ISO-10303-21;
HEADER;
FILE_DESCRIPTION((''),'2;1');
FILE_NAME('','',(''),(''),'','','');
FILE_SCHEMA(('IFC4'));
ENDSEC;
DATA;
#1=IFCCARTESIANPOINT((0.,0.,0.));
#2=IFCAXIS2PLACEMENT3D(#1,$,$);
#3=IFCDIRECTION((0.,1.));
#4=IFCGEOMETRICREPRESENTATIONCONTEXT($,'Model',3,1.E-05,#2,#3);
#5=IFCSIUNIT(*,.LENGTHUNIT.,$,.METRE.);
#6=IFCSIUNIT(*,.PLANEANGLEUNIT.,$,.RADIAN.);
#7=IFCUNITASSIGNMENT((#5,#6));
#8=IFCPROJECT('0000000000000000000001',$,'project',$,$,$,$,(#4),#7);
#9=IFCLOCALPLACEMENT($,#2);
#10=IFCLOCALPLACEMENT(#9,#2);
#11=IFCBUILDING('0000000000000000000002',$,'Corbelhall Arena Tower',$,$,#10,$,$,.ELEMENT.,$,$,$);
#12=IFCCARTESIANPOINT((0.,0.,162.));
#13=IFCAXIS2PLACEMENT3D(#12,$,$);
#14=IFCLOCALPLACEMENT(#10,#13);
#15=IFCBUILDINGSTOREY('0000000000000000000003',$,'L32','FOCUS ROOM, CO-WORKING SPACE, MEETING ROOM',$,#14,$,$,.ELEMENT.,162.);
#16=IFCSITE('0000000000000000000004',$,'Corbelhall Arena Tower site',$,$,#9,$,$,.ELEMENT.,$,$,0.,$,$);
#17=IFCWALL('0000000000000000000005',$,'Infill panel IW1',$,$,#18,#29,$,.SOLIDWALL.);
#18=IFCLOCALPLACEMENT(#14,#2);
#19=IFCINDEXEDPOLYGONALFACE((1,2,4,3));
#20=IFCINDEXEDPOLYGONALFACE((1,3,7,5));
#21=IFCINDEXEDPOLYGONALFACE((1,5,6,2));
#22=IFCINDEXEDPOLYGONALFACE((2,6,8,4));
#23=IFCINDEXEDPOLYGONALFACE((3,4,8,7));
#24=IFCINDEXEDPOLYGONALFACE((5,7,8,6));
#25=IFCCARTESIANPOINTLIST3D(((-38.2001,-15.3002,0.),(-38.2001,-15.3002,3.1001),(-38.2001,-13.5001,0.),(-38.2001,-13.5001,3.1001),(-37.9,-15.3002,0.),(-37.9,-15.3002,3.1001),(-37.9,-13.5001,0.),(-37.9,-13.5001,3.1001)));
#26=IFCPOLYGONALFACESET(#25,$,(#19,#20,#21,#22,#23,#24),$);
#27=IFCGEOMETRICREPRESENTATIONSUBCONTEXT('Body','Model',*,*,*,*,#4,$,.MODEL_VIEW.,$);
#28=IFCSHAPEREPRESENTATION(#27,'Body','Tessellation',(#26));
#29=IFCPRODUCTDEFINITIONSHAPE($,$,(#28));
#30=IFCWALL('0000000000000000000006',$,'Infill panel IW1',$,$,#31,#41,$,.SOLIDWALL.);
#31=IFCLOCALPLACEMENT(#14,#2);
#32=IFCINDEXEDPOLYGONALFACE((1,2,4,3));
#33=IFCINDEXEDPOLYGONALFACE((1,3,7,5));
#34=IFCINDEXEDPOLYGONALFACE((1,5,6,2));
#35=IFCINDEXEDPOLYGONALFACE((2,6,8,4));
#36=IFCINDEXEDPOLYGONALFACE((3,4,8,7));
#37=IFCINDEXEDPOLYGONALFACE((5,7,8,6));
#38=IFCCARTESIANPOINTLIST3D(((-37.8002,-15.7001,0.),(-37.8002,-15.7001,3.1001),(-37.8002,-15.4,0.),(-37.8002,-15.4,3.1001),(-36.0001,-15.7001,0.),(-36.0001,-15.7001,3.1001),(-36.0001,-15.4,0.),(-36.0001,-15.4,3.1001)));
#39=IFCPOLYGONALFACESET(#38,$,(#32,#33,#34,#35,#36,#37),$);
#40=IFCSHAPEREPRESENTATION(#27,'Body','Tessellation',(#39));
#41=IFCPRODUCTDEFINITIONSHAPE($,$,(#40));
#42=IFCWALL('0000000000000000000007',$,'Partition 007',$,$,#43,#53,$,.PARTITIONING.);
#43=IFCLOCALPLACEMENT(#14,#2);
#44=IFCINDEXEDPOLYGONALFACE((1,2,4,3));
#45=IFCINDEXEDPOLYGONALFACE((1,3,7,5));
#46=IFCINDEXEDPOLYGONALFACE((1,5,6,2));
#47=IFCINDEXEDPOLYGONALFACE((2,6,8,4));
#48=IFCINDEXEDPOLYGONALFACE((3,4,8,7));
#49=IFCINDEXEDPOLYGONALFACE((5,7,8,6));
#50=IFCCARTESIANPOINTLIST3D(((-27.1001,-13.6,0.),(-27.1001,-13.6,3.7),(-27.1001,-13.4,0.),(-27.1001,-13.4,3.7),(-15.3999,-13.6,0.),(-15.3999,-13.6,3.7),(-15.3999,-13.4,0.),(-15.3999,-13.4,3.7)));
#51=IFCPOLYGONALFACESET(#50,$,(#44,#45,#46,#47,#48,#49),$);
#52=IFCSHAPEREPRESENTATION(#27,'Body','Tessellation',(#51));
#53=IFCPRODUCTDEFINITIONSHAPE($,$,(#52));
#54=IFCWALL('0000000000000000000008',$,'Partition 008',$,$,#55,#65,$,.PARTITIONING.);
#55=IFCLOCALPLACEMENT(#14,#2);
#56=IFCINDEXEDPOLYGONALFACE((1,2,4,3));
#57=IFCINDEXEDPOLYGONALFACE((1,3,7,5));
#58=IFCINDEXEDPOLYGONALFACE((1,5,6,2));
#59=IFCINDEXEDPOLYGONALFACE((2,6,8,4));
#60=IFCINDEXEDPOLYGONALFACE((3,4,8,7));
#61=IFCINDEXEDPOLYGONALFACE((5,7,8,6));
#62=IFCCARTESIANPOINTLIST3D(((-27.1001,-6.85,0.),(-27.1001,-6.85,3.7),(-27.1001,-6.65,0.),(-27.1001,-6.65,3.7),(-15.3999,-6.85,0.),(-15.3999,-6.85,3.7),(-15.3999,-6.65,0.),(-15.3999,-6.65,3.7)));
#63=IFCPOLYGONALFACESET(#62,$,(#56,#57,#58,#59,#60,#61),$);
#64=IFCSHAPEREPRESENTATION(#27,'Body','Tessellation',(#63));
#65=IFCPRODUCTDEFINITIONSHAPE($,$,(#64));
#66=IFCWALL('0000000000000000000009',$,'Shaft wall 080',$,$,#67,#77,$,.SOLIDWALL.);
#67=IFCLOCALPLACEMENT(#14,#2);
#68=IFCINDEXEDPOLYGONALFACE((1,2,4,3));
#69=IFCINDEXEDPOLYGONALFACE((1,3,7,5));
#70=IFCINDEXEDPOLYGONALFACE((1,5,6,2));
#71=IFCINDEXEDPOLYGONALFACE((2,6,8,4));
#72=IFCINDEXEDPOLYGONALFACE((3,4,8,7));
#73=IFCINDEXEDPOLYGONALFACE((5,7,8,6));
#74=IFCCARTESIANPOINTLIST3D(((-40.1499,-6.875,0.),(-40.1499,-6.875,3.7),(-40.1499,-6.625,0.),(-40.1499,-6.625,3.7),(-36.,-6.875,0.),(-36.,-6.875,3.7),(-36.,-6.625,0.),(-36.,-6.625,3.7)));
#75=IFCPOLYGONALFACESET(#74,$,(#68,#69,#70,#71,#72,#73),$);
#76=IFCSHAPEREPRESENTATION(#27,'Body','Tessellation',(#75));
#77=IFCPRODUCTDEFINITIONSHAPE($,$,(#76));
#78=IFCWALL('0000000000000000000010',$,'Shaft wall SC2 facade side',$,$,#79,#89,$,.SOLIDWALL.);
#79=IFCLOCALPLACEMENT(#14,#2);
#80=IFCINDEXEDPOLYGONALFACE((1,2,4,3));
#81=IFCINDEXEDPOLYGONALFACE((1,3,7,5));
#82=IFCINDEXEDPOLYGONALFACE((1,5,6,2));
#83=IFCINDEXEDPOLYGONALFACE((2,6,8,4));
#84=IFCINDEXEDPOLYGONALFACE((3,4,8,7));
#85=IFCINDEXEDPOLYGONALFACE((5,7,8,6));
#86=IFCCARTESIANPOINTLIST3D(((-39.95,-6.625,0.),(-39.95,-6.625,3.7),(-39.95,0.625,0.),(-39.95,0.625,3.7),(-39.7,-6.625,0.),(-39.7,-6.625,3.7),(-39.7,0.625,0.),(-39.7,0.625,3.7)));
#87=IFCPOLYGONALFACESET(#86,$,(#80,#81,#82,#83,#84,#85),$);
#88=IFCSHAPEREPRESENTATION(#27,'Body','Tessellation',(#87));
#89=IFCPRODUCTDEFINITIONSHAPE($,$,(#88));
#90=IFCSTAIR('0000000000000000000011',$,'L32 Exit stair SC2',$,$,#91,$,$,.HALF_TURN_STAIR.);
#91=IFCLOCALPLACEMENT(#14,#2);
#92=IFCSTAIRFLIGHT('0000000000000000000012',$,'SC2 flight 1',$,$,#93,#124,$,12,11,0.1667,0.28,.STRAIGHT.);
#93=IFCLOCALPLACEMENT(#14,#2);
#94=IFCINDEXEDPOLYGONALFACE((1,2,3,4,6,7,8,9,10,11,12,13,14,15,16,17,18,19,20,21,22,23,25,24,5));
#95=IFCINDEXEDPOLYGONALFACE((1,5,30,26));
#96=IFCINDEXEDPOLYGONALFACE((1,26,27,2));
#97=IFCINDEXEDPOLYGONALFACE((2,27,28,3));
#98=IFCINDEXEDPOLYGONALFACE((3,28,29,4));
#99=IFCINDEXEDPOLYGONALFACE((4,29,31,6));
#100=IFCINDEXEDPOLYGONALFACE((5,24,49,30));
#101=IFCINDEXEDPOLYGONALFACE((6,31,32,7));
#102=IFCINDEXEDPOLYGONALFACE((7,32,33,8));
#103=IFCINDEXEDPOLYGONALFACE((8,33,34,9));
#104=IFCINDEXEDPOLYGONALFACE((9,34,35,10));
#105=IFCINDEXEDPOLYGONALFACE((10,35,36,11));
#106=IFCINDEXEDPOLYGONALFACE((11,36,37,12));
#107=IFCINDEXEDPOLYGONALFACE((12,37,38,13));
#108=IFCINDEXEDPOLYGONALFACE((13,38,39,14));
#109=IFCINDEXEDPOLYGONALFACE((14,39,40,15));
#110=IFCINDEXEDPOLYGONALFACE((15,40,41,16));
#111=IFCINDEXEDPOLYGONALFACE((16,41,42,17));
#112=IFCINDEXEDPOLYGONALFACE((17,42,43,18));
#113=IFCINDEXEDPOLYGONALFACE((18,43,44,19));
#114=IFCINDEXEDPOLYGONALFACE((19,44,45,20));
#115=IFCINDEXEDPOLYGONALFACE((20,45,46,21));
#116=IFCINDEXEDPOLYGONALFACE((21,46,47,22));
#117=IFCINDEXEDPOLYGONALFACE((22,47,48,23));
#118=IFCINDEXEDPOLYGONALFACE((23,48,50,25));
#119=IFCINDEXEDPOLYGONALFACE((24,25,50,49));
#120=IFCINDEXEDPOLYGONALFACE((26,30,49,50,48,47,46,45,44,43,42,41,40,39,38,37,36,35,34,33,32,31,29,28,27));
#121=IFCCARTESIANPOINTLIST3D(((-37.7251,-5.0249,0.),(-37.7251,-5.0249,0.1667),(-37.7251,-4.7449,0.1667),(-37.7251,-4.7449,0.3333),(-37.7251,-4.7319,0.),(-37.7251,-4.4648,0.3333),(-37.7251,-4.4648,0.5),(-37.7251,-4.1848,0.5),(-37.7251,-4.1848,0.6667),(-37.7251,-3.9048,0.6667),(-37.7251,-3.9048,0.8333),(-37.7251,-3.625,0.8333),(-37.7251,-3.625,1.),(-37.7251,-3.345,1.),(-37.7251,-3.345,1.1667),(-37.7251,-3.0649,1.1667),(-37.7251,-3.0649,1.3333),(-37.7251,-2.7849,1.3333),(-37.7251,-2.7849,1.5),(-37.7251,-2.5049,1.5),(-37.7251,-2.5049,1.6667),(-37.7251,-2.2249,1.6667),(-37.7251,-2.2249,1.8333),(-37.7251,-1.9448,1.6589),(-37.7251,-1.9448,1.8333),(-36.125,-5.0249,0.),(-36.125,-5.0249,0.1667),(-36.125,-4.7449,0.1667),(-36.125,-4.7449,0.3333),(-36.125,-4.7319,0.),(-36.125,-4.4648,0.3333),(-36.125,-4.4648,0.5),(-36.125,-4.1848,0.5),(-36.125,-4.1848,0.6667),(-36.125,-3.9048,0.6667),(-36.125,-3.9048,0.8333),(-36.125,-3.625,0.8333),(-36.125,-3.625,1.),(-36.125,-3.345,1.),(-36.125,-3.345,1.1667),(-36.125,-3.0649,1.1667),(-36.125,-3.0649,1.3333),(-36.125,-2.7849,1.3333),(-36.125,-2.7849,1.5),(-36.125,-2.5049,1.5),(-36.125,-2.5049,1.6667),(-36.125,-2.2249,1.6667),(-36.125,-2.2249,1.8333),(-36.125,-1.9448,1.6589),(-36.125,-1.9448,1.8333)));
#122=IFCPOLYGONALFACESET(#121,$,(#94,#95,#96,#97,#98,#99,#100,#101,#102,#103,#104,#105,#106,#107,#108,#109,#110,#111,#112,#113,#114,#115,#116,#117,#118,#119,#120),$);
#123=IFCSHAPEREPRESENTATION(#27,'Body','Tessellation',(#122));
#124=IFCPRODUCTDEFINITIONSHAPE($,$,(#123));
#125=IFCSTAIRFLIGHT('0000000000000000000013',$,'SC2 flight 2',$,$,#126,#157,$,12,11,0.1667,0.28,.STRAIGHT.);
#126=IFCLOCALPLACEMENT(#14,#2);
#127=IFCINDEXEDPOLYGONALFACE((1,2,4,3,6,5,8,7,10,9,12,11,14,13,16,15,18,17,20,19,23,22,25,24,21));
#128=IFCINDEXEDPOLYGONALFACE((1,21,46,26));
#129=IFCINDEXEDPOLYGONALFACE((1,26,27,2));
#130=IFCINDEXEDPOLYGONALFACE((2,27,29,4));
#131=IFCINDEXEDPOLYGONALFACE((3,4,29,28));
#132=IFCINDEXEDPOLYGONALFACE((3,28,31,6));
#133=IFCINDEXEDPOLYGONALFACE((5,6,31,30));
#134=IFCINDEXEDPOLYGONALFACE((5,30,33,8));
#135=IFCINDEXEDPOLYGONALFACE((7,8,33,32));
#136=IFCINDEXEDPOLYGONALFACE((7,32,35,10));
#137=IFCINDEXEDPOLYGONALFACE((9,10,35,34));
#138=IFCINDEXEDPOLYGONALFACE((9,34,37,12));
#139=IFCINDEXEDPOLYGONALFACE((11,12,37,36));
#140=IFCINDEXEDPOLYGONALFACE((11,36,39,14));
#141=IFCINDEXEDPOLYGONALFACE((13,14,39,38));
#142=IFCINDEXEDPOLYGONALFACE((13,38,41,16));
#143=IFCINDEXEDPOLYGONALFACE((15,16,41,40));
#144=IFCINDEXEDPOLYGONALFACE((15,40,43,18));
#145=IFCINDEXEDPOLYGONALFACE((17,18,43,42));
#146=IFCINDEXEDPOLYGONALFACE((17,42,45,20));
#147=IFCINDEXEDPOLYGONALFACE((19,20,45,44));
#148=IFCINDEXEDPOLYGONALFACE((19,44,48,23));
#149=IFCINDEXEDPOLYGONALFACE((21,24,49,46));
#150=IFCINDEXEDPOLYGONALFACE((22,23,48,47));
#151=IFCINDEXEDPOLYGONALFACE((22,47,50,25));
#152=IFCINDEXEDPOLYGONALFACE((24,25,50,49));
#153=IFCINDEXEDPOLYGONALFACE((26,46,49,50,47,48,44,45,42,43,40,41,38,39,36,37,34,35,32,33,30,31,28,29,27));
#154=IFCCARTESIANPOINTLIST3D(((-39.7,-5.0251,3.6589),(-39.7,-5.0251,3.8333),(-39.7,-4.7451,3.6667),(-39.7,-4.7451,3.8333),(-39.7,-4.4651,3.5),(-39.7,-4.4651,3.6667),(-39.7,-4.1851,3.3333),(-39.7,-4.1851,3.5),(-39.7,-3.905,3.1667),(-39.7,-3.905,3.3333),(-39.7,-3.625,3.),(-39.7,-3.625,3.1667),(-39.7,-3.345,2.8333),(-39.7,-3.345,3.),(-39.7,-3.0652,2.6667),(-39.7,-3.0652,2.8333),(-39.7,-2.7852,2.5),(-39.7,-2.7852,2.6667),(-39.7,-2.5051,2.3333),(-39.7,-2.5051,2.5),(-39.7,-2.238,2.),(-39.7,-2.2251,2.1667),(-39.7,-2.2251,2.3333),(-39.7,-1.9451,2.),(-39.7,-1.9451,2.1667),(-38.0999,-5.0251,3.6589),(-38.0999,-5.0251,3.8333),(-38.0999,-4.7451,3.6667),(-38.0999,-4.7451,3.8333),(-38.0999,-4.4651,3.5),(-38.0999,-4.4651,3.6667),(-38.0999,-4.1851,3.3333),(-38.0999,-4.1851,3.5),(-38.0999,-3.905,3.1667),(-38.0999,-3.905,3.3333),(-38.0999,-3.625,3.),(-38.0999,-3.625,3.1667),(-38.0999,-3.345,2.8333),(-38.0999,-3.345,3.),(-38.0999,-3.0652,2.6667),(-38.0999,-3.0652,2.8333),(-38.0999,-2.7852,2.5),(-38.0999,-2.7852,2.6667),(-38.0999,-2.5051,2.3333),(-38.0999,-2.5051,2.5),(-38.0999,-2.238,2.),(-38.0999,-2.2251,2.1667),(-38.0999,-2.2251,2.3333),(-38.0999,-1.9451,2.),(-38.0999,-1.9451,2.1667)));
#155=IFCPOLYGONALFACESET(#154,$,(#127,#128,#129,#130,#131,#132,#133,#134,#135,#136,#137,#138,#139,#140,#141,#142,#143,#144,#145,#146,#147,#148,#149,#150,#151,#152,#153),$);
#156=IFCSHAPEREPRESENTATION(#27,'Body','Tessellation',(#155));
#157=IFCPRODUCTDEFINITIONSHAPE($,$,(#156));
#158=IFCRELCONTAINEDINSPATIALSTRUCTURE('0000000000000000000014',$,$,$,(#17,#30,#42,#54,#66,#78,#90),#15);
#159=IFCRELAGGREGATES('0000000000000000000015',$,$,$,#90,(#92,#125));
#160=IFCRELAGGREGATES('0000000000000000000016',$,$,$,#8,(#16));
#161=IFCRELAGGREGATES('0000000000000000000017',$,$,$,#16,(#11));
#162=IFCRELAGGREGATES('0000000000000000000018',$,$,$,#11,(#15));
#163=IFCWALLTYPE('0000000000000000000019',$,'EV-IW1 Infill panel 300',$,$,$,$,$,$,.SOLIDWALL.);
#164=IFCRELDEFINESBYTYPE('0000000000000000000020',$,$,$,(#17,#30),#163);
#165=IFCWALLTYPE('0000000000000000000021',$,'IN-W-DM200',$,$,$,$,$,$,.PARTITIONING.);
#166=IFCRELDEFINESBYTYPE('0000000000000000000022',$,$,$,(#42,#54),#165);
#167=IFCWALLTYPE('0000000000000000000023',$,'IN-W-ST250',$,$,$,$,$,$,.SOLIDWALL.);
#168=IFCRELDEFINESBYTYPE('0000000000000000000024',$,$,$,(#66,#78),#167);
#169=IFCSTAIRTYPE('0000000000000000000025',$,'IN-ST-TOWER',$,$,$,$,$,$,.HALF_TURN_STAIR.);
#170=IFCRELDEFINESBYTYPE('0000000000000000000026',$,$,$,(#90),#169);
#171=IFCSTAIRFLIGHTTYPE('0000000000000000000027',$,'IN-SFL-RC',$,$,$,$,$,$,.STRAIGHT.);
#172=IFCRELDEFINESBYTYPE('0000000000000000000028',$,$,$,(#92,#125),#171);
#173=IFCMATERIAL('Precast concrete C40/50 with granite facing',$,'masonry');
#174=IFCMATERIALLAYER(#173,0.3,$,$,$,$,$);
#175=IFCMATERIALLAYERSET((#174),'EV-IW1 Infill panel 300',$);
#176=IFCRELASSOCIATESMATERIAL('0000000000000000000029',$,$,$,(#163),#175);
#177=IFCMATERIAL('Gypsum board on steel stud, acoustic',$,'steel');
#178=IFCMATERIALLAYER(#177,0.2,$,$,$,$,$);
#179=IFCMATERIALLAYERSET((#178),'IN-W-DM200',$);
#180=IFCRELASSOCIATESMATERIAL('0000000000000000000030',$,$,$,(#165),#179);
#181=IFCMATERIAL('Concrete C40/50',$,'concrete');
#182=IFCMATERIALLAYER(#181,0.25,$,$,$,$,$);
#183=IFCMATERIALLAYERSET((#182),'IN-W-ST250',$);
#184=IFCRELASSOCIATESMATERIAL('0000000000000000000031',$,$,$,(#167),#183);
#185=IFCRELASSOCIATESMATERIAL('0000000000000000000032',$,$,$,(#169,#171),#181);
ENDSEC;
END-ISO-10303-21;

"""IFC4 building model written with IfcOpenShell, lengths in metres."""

from ifc_helpers import new_model, si_unit, direction, frame, frame_2d, origin, place, context, subcontext, project, spatial, polyline, rectangle, outline, extrude, material, layer, layer_set, type_object, element, aggregate, save


model = new_model("IFC4")

# Units and contexts
model_context = context("Model", 3, precision=1e-05, world=origin(), true_north=direction((0.0, 1.0)))
body_context = subcontext(model_context, "Body", "Model", "MODEL_VIEW")
ifc_project = project(units=[si_unit("LENGTHUNIT", "METRE"), si_unit("PLANEANGLEUNIT", "RADIAN")], contexts=[model_context])

# Site, building, storey
site_placement = place(None, origin())
site = spatial("IfcSite", under=ifc_project, at=site_placement, Name="Corbelhall Arena Tower site", CompositionType="ELEMENT", RefElevation=0.0)
building_placement = place(site_placement, origin())
building = spatial("IfcBuilding", under=site, at=building_placement, Name="Corbelhall Arena Tower", CompositionType="ELEMENT")
storey_placement = place(building_placement, frame((0.0, 0.0, 162.0)))
storey = spatial("IfcBuildingStorey", under=building, at=storey_placement, Name="L32", Description="FOCUS ROOM, CO-WORKING SPACE, MEETING ROOM", CompositionType="ELEMENT", Elevation=162.0)

# Walls
ifc_material_1 = material(Name="Precast concrete C40/50 with granite facing", Category="masonry")
ifc_layer_1 = layer(ifc_material_1, 0.3)
ifc_layer_set_1 = layer_set([ifc_layer_1], Name="EV-IW1 Infill panel 300")
wall_type_1 = type_object("IfcWallType", Name="EV-IW1 Infill panel 300", PredefinedType="SOLIDWALL", material=ifc_layer_set_1)
for number, where, z_axis, x_axis, name in (
    (1, (-38.05, -15.3, 0.0), (0.0, 0.0, 1.0), (0.0, 1.0, 0.0), "Infill panel IW1"),
    (2, (-37.8, -15.55, 0.0), (0.0, 0.0, 1.0), (1.0, 0.0, 0.0), "Infill panel IW1"),
):
    element("IfcWall", number, at=place(storey_placement, frame(where, z_axis=z_axis, x_axis=x_axis)), inside=storey, type_object=wall_type_1, Name=name, PredefinedType="SOLIDWALL", context=body_context, shape_type="SweptSolid", body=[
        extrude(rectangle(XDim=1.8, YDim=0.3, at=frame_2d((0.8999, 0.0))), origin(), (0.0, 0.0, 1.0), 3.1001),
    ])

# Shared definitions
ifc_material_2 = material(Name="Gypsum board on steel stud, acoustic", Category="steel")
ifc_layer_2 = layer(ifc_material_2, 0.2)
ifc_layer_set_2 = layer_set([ifc_layer_2], Name="IN-W-DM200")
wall_type_2 = type_object("IfcWallType", Name="IN-W-DM200", PredefinedType="PARTITIONING", material=ifc_layer_set_2)

# Walls
for number, where, z_axis, x_axis, name in (
    (3, (-27.1001, -13.5, 0.0), (0.0, 0.0, 1.0), (1.0, 0.0, 0.0), "Partition 007"),
    (4, (-27.1001, -6.75, 0.0), (0.0, 0.0, 1.0), (1.0, 0.0, 0.0), "Partition 008"),
):
    element("IfcWall", number, at=place(storey_placement, frame(where, z_axis=z_axis, x_axis=x_axis)), inside=storey, type_object=wall_type_2, Name=name, PredefinedType="PARTITIONING", context=body_context, shape_type="SweptSolid", body=[
        extrude(rectangle(XDim=11.7002, YDim=0.2, at=frame_2d((5.8501, 0.0))), origin(), (0.0, 0.0, 1.0), 3.7),
    ])

# Walls
ifc_material_3 = material(Name="Concrete C40/50", Category="concrete")
ifc_layer_3 = layer(ifc_material_3, 0.25)
ifc_layer_set_3 = layer_set([ifc_layer_3], Name="IN-W-ST250")
wall_type_3 = type_object("IfcWallType", Name="IN-W-ST250", PredefinedType="SOLIDWALL", material=ifc_layer_set_3)
wall_1_placement = place(storey_placement, frame((-36.0, -6.75, 0.0), z_axis=(0.0, 0.0, 1.0), x_axis=(-1.0, 0.0, 0.0)))
element("IfcWall", 5, at=wall_1_placement, inside=storey, type_object=wall_type_3, Name="Shaft wall 080", PredefinedType="SOLIDWALL", context=body_context, shape_type="SweptSolid", body=[
    extrude(rectangle(XDim=4.1499, YDim=0.25, at=frame_2d((2.075, 0.0))), origin(), (0.0, 0.0, 1.0), 3.7),
])
wall_2_placement = place(storey_placement, frame((-39.825, -6.625, 0.0), z_axis=(0.0, 0.0, 1.0), x_axis=(0.0, 1.0, 0.0)))
element("IfcWall", 6, at=wall_2_placement, inside=storey, type_object=wall_type_3, Name="Shaft wall SC2 facade side", PredefinedType="SOLIDWALL", context=body_context, shape_type="SweptSolid", body=[
    extrude(rectangle(XDim=7.25, YDim=0.25, at=frame_2d((3.625, 0.0))), origin(), (0.0, 0.0, 1.0), 3.7),
])

# Stair, stair flights
stair_type = type_object("IfcStairType", Name="IN-ST-TOWER", PredefinedType="HALF_TURN_STAIR", material=ifc_material_3)
stair_placement = place(storey_placement, origin())
stair = element("IfcStair", 7, at=stair_placement, inside=storey, type_object=stair_type, Name="L32 Exit stair SC2", PredefinedType="HALF_TURN_STAIR")
stair_flight_type = type_object("IfcStairFlightType", Name="IN-SFL-RC", PredefinedType="STRAIGHT", material=ifc_material_3)
stair_flight_1_placement = place(storey_placement, frame((-36.925, -5.0249, 0.0), z_axis=(0.0, 0.0, 1.0), x_axis=(0.0, 1.0, 0.0)))
stair_flight_1 = element("IfcStairFlight", 8, at=stair_flight_1_placement, type_object=stair_flight_type, Name="SC2 flight 1", NumberOfRisers=12, NumberOfTreads=11, PredefinedType="STRAIGHT", RiserHeight=0.1667, TreadLength=0.28, context=body_context, shape_type="SweptSolid", body=[
    extrude(outline(polyline([(0.0, 0.0), (0.0, 0.1667), (0.28, 0.1667), (0.28, 0.3333), (0.5601, 0.3333), (0.5601, 0.5), (0.8401, 0.5), (0.8401, 0.6667), (1.1201, 0.6667), (1.1201, 0.8333), (1.3999, 0.8333), (1.3999, 1.0), (1.6799, 1.0), (1.6799, 1.1667), (1.96, 1.1667), (1.96, 1.3333), (2.24, 1.3333), (2.24, 1.5), (2.52, 1.5), (2.52, 1.6667), (2.8, 1.6667), (2.8, 1.8333), (3.0801, 1.8333), (3.0801, 2.0), (3.0801, 1.6589), (0.293, 0.0), (0.0, 0.0)])), frame((0.0, 0.8, 0.0), z_axis=(0.0, -1.0, 0.0), x_axis=(1.0, 0.0, 0.0)), (0.0, 0.0, 1.0), 1.6001),
])
stair_flight_2_placement = place(storey_placement, frame((-38.8999, -1.9451, 2.0), z_axis=(0.0, 0.0, 1.0), x_axis=(0.0, -1.0, 0.0)))
stair_flight_2 = element("IfcStairFlight", 9, at=stair_flight_2_placement, type_object=stair_flight_type, Name="SC2 flight 2", NumberOfRisers=12, NumberOfTreads=11, PredefinedType="STRAIGHT", RiserHeight=0.1667, TreadLength=0.28, context=body_context, shape_type="SweptSolid", body=[
    extrude(outline(polyline([(0.0, 0.0), (0.0, 0.1667), (0.28, 0.1667), (0.28, 0.3333), (0.5601, 0.3333), (0.5601, 0.5), (0.8401, 0.5), (0.8401, 0.6667), (1.1201, 0.6667), (1.1201, 0.8333), (1.3999, 0.8333), (1.3999, 1.0), (1.6799, 1.0), (1.6799, 1.1667), (1.96, 1.1667), (1.96, 1.3333), (2.24, 1.3333), (2.24, 1.5), (2.52, 1.5), (2.52, 1.6667), (2.8, 1.6667), (2.8, 1.8333), (3.0801, 1.8333), (3.0801, 2.0), (3.0801, 1.6589), (0.293, 0.0), (0.0, 0.0)])), frame((0.0, 0.8, 0.0), z_axis=(0.0, -1.0, 0.0), x_axis=(1.0, 0.0, 0.0)), (0.0, 0.0, 1.0), 1.6001),
])
aggregate(stair, [stair_flight_1, stair_flight_2])

save(model, "model.ifc")
